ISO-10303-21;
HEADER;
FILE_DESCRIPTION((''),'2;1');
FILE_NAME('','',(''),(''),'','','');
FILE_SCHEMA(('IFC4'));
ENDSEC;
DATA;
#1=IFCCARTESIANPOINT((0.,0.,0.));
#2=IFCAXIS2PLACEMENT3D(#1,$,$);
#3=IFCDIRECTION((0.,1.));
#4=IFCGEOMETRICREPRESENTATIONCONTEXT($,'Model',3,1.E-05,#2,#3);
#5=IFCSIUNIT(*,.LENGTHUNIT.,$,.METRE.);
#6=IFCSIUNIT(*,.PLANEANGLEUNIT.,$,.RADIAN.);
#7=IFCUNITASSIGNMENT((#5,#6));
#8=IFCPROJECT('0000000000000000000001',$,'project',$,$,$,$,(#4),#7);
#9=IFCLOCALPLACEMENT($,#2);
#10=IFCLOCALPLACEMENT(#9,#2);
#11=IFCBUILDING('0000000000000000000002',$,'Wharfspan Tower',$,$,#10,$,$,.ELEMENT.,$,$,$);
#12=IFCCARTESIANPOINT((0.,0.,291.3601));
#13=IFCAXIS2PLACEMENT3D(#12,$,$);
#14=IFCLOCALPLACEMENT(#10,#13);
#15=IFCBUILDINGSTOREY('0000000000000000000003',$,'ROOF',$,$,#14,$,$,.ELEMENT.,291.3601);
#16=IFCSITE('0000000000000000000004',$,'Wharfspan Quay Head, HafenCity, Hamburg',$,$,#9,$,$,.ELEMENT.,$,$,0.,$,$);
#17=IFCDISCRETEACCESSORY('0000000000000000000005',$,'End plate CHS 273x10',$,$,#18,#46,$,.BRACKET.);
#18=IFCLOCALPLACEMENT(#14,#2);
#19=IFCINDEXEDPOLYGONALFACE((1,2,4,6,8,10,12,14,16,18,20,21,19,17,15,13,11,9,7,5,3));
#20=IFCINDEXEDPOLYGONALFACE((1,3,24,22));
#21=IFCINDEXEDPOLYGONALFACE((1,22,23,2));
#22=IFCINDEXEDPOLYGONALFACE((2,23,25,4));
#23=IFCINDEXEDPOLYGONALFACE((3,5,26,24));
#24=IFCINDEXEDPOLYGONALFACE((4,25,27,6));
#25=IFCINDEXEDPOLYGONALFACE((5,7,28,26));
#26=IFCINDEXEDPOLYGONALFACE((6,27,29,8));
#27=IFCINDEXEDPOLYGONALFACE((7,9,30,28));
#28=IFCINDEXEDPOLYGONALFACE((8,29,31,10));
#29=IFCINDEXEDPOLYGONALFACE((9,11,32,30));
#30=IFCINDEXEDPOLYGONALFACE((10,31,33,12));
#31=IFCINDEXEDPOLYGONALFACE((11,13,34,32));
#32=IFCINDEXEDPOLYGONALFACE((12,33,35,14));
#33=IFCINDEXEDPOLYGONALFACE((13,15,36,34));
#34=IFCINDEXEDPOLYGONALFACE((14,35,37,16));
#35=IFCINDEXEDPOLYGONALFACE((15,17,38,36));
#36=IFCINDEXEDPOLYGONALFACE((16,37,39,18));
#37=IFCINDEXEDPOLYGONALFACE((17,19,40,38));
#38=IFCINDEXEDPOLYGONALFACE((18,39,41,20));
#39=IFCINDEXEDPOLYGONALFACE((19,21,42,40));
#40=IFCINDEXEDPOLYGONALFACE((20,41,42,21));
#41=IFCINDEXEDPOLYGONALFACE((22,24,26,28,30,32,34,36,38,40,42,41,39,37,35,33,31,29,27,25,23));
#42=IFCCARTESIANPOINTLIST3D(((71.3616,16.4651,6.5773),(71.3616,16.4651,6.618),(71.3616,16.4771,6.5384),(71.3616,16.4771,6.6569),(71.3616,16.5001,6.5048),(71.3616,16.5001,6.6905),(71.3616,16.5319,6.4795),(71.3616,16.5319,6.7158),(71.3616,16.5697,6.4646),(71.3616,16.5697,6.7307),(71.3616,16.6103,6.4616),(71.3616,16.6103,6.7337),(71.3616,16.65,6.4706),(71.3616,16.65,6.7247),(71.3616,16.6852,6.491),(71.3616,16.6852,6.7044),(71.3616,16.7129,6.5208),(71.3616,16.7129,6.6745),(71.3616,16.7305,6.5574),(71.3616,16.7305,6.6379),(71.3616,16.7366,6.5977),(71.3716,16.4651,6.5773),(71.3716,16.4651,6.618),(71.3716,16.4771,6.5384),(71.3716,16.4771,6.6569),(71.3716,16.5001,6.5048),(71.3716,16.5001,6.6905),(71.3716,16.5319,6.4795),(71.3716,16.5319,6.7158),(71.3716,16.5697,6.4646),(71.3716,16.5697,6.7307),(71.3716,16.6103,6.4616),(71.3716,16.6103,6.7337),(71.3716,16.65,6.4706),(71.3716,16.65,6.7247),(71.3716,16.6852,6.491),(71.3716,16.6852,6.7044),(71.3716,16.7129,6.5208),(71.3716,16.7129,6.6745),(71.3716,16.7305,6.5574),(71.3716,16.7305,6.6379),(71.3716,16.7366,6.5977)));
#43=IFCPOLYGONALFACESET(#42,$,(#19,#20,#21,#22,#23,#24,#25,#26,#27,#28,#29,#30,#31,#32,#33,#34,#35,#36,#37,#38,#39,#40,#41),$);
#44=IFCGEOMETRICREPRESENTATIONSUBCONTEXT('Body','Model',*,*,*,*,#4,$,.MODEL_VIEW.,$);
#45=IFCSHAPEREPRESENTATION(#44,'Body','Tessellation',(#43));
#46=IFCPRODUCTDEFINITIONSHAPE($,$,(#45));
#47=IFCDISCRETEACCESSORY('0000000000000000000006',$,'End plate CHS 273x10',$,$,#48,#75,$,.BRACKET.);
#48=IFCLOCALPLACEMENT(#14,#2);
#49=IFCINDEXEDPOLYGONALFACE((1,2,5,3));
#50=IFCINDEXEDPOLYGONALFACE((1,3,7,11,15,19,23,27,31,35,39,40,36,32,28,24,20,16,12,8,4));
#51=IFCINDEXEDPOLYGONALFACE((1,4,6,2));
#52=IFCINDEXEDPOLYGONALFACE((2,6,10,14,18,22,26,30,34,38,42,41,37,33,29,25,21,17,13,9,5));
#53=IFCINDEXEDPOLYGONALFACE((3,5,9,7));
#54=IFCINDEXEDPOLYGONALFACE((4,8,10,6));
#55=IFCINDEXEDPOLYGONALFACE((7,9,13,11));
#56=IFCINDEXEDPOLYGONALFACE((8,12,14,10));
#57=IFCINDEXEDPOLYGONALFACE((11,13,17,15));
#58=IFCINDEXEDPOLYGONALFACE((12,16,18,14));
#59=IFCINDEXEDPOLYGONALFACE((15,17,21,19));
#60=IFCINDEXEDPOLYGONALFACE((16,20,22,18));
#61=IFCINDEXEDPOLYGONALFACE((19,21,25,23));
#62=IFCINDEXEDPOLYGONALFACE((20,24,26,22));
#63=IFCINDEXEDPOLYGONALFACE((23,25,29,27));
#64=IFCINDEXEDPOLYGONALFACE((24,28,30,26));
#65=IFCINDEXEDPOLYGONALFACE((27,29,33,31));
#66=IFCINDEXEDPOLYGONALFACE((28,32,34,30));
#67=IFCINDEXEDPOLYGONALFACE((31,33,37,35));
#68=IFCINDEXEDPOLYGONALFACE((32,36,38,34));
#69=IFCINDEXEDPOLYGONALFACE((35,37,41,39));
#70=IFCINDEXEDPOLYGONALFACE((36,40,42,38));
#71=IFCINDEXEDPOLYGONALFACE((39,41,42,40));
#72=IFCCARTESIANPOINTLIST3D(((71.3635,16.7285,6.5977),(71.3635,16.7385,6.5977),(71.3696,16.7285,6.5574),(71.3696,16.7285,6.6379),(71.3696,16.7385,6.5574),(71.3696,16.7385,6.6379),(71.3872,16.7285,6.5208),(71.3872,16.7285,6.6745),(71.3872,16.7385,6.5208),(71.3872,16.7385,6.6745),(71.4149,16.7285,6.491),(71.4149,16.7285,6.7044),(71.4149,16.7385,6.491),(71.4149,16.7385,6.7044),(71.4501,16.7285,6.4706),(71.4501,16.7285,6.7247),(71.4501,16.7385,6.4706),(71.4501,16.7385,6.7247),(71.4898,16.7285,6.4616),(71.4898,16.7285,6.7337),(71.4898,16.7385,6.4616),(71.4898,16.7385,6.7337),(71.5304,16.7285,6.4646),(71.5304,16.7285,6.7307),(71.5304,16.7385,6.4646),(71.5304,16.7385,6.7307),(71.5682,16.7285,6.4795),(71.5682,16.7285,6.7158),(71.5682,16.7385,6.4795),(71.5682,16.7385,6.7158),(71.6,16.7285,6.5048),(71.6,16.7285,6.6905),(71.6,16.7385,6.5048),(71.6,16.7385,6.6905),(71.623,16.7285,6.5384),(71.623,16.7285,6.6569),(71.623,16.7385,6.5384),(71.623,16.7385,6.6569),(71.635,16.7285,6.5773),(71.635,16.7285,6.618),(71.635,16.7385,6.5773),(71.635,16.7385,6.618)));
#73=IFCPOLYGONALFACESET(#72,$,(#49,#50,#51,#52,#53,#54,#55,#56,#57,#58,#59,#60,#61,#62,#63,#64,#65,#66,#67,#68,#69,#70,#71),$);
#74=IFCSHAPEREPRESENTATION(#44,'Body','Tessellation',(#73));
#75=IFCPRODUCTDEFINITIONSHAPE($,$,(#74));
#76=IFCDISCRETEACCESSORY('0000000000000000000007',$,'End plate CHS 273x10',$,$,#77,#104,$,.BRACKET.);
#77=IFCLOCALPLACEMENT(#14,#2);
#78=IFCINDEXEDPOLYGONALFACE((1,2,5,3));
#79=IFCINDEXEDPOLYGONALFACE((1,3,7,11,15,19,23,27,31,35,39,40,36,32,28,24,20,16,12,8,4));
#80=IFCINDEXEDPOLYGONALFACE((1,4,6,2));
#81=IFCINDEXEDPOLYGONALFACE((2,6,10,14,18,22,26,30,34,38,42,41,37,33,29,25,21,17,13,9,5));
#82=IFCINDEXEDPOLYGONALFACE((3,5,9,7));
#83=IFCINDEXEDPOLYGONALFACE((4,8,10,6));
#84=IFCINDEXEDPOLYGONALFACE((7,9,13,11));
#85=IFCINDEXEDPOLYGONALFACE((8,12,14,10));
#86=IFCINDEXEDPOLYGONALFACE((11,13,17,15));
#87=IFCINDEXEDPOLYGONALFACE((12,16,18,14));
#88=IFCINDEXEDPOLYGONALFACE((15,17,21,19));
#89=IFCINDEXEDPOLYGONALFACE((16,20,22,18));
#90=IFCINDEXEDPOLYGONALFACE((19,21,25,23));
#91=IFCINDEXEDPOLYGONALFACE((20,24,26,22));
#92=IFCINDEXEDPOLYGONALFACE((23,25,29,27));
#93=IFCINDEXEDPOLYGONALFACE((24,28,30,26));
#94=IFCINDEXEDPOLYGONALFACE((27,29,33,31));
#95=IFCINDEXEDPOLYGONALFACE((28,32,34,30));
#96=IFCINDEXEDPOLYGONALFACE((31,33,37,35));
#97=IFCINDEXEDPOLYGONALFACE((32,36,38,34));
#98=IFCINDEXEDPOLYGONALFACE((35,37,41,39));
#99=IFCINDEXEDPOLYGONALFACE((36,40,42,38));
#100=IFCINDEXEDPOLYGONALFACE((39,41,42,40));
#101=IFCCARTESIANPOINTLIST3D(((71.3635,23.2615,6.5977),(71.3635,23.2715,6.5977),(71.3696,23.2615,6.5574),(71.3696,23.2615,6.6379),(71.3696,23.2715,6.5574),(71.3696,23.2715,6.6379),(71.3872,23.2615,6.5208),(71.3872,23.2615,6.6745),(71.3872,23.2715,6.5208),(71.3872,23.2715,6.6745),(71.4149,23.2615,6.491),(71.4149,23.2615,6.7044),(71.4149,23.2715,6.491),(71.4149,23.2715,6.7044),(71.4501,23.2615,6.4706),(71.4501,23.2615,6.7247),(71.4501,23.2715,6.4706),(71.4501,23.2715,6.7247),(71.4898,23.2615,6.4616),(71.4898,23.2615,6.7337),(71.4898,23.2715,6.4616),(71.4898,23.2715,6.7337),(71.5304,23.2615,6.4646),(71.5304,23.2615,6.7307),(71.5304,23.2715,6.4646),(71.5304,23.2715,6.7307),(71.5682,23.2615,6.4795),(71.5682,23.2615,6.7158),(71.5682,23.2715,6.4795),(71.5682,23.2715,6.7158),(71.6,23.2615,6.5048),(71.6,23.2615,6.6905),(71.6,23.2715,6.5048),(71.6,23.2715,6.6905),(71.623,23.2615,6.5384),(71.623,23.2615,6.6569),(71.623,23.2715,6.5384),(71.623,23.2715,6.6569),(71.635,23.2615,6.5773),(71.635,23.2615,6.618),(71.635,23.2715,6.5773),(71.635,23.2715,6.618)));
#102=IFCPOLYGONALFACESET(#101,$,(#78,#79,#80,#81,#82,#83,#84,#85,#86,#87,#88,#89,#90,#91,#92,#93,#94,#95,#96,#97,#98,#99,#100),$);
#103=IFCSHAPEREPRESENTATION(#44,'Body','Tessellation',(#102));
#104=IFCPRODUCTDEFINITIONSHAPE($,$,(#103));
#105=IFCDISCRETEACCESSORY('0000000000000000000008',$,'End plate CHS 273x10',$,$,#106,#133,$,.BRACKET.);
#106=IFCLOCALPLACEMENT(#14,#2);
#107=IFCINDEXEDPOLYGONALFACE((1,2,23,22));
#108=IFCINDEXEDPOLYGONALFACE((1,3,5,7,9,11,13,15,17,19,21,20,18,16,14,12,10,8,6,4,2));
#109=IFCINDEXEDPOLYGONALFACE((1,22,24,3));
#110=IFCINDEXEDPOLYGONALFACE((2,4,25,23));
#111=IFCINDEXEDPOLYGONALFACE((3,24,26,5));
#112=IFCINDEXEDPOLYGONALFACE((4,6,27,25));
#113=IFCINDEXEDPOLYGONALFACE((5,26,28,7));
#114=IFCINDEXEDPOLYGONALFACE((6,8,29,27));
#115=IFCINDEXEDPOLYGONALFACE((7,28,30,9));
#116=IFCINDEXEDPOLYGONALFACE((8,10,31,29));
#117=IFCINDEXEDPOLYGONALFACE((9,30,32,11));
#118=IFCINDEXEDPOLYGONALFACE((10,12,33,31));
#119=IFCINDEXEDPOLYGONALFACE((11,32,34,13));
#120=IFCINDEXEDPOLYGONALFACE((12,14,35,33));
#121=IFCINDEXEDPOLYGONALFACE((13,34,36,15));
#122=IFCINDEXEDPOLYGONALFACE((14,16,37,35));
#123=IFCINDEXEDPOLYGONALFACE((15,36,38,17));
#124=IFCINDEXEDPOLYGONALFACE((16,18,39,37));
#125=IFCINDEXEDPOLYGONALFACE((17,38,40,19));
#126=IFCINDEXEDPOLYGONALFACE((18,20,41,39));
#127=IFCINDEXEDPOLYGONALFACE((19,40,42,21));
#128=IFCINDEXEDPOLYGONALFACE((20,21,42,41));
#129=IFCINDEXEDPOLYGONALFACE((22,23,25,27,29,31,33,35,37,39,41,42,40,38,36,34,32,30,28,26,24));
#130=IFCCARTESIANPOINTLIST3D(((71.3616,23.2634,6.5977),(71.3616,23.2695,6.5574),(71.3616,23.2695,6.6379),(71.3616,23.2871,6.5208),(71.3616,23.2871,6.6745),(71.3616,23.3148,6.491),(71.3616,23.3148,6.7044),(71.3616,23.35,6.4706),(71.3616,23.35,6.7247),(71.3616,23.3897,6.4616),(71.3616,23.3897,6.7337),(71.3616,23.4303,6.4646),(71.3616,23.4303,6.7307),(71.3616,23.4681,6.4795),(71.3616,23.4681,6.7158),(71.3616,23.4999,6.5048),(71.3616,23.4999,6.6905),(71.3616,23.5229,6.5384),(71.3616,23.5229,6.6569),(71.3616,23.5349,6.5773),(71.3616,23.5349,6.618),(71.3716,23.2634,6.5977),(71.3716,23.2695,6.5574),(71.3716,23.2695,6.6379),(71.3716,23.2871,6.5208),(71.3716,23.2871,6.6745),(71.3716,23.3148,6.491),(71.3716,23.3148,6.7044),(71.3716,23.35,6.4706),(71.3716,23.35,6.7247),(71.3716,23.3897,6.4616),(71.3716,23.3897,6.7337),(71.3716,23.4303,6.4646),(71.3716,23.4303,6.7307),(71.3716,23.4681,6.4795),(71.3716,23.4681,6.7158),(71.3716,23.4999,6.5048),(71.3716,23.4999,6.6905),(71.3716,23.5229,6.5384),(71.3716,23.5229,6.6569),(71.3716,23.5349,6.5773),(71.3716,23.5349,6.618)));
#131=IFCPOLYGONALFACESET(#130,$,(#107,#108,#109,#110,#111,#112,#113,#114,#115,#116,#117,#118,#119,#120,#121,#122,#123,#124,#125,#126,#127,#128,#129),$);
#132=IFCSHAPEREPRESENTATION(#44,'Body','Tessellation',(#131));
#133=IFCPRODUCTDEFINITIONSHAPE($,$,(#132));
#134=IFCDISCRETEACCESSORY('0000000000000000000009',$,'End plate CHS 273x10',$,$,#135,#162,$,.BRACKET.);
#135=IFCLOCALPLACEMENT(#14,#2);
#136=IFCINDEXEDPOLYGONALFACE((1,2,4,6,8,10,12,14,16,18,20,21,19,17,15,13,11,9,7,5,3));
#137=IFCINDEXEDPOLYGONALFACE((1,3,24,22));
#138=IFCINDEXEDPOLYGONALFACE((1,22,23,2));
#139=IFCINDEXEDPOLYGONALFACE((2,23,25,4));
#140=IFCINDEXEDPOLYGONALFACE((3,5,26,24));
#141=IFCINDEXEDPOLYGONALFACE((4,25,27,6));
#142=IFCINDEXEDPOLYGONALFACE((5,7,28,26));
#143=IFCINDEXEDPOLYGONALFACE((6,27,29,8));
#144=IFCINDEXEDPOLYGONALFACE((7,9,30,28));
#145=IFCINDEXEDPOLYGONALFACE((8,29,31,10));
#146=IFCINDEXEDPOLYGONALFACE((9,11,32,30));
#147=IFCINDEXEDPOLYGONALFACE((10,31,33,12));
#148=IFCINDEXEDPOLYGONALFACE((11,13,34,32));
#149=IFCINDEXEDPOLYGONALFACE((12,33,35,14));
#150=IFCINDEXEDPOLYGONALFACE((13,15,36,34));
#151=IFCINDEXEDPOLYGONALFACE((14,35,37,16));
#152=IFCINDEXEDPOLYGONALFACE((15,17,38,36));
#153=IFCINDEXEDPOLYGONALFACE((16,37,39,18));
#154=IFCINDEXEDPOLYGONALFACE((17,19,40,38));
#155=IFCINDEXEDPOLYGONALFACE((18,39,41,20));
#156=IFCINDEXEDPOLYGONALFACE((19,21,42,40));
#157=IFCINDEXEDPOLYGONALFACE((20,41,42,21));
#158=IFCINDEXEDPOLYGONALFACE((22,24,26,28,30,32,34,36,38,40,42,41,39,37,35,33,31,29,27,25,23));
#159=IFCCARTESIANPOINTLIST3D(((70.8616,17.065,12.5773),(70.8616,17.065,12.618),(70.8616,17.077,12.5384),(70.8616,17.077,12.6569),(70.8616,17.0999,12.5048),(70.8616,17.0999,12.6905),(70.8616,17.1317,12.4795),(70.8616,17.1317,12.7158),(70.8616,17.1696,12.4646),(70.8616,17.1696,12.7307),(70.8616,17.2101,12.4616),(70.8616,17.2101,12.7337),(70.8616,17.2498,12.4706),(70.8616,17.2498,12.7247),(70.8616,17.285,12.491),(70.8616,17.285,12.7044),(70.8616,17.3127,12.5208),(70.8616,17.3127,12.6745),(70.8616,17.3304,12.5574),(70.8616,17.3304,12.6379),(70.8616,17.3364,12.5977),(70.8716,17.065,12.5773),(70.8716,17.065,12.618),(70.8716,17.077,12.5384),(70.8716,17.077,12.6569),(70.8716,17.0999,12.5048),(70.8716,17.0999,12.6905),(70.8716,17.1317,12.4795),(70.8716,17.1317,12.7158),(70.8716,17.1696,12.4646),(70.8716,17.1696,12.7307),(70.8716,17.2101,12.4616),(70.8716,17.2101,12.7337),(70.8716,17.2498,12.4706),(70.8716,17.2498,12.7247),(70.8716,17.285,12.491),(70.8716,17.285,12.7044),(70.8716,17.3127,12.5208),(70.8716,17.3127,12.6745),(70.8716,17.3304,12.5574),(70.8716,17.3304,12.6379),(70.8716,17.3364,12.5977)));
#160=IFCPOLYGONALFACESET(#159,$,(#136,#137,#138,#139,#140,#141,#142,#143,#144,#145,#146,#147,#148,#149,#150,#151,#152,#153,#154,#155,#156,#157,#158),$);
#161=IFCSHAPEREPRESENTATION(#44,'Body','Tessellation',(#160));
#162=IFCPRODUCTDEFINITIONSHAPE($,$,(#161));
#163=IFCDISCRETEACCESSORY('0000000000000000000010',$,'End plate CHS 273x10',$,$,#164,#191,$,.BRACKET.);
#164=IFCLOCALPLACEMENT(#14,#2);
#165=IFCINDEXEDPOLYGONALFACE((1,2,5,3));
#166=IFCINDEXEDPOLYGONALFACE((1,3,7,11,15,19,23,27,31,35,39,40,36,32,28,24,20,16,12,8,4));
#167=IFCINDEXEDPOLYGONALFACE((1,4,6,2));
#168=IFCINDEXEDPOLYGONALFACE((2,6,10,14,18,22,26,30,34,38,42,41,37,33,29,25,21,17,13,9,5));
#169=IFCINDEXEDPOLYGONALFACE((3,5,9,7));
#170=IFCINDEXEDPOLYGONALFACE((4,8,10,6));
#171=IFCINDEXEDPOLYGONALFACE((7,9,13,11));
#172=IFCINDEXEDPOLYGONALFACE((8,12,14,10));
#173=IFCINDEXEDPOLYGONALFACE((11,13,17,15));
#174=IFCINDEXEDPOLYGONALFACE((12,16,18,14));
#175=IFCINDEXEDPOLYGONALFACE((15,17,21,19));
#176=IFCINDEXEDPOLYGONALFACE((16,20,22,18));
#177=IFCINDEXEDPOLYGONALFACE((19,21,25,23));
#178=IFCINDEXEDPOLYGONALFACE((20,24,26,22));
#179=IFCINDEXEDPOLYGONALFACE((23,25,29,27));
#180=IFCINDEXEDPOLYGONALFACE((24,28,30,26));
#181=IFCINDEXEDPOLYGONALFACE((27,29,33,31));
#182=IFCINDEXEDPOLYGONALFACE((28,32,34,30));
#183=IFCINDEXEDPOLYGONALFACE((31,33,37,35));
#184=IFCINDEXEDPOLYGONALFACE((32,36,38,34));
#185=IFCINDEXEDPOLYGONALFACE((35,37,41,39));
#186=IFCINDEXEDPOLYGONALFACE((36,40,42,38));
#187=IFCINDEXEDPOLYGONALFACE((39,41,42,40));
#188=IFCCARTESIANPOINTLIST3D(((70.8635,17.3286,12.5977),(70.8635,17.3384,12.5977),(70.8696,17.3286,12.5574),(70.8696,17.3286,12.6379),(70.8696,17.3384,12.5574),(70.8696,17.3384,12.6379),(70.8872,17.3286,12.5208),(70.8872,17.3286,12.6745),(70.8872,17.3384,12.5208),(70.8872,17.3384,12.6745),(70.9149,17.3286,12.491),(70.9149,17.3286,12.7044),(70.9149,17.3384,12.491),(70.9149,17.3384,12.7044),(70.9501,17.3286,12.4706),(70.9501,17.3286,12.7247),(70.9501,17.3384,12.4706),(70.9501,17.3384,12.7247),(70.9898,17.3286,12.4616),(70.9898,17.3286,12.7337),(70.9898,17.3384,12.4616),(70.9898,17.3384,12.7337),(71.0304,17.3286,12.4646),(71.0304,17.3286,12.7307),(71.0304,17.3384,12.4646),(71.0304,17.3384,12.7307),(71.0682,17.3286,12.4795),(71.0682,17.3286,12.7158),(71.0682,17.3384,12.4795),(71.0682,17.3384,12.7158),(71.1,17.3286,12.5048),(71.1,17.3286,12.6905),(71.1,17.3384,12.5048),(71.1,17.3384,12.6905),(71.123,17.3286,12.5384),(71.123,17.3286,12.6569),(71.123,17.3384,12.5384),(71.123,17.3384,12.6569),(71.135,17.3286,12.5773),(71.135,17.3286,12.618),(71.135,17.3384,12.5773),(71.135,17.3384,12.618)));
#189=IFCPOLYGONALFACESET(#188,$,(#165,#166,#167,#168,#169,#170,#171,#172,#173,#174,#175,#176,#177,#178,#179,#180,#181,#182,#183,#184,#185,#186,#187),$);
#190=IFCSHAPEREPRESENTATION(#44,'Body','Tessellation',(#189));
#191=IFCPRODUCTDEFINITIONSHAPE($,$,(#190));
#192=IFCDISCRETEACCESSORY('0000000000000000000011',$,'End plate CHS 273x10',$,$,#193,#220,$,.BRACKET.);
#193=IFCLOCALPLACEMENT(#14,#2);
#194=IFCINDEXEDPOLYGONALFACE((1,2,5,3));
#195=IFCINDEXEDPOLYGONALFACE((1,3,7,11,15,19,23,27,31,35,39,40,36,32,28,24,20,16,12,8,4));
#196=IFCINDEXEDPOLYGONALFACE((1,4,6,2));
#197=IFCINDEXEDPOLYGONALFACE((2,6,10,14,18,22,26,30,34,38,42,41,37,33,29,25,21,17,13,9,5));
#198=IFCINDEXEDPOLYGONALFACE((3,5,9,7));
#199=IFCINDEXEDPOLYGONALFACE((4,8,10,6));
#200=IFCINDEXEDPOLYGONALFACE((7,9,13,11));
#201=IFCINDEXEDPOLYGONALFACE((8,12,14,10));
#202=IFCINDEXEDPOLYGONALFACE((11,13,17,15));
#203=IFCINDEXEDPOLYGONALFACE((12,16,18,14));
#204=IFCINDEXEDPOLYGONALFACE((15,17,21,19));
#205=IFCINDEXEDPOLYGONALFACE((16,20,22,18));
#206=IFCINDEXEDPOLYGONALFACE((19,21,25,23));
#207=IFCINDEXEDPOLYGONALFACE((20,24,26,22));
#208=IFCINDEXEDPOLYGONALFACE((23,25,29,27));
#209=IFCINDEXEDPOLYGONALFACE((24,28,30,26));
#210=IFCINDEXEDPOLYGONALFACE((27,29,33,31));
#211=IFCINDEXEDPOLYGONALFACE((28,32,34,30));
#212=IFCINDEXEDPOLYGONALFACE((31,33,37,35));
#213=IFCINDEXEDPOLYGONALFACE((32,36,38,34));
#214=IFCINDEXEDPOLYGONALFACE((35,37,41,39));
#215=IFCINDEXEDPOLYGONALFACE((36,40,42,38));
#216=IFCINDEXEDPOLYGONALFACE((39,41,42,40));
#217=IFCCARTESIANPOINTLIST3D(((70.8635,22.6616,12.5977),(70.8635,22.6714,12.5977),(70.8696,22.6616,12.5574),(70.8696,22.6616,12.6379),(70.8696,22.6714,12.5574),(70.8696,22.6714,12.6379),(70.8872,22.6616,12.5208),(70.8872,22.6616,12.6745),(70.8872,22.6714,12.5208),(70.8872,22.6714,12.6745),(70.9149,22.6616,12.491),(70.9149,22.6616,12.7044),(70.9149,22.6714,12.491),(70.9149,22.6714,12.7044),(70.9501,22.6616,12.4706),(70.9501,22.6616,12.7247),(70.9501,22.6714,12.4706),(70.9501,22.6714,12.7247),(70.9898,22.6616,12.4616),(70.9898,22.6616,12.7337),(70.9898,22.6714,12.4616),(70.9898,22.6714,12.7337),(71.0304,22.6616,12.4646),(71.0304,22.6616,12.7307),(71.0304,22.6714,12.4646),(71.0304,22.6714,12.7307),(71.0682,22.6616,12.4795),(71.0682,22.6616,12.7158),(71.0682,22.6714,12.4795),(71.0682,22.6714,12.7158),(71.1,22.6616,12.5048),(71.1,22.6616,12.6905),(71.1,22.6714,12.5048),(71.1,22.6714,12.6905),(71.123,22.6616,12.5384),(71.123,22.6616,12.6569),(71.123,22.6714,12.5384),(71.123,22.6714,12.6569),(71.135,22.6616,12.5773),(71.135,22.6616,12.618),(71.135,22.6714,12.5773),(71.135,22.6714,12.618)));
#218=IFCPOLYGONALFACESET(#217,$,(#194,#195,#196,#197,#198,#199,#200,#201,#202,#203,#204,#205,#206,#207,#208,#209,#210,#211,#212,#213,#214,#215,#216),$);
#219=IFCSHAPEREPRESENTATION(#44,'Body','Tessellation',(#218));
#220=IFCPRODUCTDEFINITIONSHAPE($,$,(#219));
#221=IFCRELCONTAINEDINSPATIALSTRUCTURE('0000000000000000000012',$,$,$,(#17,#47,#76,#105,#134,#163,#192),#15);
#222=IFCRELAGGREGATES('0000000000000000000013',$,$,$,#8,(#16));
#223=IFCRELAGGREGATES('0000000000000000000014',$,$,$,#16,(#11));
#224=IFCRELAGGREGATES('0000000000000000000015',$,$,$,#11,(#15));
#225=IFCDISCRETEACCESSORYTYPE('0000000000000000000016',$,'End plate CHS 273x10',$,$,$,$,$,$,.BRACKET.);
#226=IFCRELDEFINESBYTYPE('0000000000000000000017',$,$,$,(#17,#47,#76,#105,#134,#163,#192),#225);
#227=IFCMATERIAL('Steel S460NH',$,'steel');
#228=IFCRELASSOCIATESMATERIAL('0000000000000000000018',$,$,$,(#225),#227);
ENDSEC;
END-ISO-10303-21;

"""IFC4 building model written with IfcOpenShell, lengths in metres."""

from ifc_helpers import new_model, si_unit, direction, frame, origin, origin_2d, place, context, subcontext, project, spatial, circle, extrude, material, material_profile, profile_set, type_object, element, save


model = new_model("IFC4")

# Units and contexts
model_context = context("Model", 3, precision=1e-05, world=origin(), true_north=direction((0.0, 1.0)))
body_context = subcontext(model_context, "Body", "Model", "MODEL_VIEW")
ifc_project = project(units=[si_unit("LENGTHUNIT", "METRE"), si_unit("PLANEANGLEUNIT", "RADIAN")], contexts=[model_context])

# Site, building, storey
site_placement = place(None, origin())
site = spatial("IfcSite", under=ifc_project, at=site_placement, Name="Wharfspan Quay Head, HafenCity, Hamburg", CompositionType="ELEMENT", RefElevation=0.0)
building_placement = place(site_placement, origin())
building = spatial("IfcBuilding", under=site, at=building_placement, Name="Wharfspan Tower", CompositionType="ELEMENT")
storey_placement = place(building_placement, frame((0.0, 0.0, 291.3601)))
storey = spatial("IfcBuildingStorey", under=building, at=storey_placement, Name="ROOF", CompositionType="ELEMENT", Elevation=291.3601)

# Shared definitions
ifc_material_1 = material(Name="Steel S460NH", Category="steel")

# Discrete accessories
ifc_material_profile_1 = material_profile(ifc_material_1, circle(Radius=0.1365, at=origin_2d()))
ifc_profile_set_1 = profile_set([ifc_material_profile_1], Name="Steel S460NH")
discrete_accessory_type_1 = type_object("IfcDiscreteAccessoryType", Name="End plate CHS 273x10", PredefinedType="BRACKET", material=ifc_profile_set_1)
for number, where, z_axis, x_axis, name in (
    (1, (71.3616, 16.6001, 6.5977), (1.0, 0.0, 0.0), (0.0, 1.0, 0.0), "End plate CHS 273x10"),
    (2, (71.5, 16.7285, 6.5977), (0.0, 1.0, 0.0), (-1.0, 0.0, 0.0), "End plate CHS 273x10"),
    (3, (71.5, 23.2615, 6.5977), (0.0, 1.0, 0.0), (-1.0, 0.0, 0.0), "End plate CHS 273x10"),
    (4, (71.3716, 23.3999, 6.5977), (-1.0, 0.0, 0.0), (0.0, -1.0, 0.0), "End plate CHS 273x10"),
    (5, (70.8616, 17.2, 12.5977), (1.0, 0.0, 0.0), (0.0, 1.0, 0.0), "End plate CHS 273x10"),
):
    element("IfcDiscreteAccessory", number, at=place(storey_placement, frame(where, z_axis=z_axis, x_axis=x_axis)), inside=storey, type_object=discrete_accessory_type_1, Name=name, PredefinedType="BRACKET", context=body_context, shape_type="SweptSolid", body=[
        extrude(circle(Radius=0.1365, at=origin_2d()), origin(), (0.0, 0.0, 1.0), 0.01),
    ])
for number, where, z_axis, x_axis, name in (
    (6, (71.0, 17.3286, 12.5977), (0.0, 1.0, 0.0), (-1.0, 0.0, 0.0), "End plate CHS 273x10"),
    (7, (71.0, 22.6616, 12.5977), (0.0, 1.0, 0.0), (-1.0, 0.0, 0.0), "End plate CHS 273x10"),
):
    element("IfcDiscreteAccessory", number, at=place(storey_placement, frame(where, z_axis=z_axis, x_axis=x_axis)), inside=storey, type_object=discrete_accessory_type_1, Name=name, PredefinedType="BRACKET", context=body_context, shape_type="SweptSolid", body=[
        extrude(circle(Radius=0.1365, at=origin_2d()), origin(), (0.0, 0.0, 1.0), 0.0098),
    ])

save(model, "model.ifc")
